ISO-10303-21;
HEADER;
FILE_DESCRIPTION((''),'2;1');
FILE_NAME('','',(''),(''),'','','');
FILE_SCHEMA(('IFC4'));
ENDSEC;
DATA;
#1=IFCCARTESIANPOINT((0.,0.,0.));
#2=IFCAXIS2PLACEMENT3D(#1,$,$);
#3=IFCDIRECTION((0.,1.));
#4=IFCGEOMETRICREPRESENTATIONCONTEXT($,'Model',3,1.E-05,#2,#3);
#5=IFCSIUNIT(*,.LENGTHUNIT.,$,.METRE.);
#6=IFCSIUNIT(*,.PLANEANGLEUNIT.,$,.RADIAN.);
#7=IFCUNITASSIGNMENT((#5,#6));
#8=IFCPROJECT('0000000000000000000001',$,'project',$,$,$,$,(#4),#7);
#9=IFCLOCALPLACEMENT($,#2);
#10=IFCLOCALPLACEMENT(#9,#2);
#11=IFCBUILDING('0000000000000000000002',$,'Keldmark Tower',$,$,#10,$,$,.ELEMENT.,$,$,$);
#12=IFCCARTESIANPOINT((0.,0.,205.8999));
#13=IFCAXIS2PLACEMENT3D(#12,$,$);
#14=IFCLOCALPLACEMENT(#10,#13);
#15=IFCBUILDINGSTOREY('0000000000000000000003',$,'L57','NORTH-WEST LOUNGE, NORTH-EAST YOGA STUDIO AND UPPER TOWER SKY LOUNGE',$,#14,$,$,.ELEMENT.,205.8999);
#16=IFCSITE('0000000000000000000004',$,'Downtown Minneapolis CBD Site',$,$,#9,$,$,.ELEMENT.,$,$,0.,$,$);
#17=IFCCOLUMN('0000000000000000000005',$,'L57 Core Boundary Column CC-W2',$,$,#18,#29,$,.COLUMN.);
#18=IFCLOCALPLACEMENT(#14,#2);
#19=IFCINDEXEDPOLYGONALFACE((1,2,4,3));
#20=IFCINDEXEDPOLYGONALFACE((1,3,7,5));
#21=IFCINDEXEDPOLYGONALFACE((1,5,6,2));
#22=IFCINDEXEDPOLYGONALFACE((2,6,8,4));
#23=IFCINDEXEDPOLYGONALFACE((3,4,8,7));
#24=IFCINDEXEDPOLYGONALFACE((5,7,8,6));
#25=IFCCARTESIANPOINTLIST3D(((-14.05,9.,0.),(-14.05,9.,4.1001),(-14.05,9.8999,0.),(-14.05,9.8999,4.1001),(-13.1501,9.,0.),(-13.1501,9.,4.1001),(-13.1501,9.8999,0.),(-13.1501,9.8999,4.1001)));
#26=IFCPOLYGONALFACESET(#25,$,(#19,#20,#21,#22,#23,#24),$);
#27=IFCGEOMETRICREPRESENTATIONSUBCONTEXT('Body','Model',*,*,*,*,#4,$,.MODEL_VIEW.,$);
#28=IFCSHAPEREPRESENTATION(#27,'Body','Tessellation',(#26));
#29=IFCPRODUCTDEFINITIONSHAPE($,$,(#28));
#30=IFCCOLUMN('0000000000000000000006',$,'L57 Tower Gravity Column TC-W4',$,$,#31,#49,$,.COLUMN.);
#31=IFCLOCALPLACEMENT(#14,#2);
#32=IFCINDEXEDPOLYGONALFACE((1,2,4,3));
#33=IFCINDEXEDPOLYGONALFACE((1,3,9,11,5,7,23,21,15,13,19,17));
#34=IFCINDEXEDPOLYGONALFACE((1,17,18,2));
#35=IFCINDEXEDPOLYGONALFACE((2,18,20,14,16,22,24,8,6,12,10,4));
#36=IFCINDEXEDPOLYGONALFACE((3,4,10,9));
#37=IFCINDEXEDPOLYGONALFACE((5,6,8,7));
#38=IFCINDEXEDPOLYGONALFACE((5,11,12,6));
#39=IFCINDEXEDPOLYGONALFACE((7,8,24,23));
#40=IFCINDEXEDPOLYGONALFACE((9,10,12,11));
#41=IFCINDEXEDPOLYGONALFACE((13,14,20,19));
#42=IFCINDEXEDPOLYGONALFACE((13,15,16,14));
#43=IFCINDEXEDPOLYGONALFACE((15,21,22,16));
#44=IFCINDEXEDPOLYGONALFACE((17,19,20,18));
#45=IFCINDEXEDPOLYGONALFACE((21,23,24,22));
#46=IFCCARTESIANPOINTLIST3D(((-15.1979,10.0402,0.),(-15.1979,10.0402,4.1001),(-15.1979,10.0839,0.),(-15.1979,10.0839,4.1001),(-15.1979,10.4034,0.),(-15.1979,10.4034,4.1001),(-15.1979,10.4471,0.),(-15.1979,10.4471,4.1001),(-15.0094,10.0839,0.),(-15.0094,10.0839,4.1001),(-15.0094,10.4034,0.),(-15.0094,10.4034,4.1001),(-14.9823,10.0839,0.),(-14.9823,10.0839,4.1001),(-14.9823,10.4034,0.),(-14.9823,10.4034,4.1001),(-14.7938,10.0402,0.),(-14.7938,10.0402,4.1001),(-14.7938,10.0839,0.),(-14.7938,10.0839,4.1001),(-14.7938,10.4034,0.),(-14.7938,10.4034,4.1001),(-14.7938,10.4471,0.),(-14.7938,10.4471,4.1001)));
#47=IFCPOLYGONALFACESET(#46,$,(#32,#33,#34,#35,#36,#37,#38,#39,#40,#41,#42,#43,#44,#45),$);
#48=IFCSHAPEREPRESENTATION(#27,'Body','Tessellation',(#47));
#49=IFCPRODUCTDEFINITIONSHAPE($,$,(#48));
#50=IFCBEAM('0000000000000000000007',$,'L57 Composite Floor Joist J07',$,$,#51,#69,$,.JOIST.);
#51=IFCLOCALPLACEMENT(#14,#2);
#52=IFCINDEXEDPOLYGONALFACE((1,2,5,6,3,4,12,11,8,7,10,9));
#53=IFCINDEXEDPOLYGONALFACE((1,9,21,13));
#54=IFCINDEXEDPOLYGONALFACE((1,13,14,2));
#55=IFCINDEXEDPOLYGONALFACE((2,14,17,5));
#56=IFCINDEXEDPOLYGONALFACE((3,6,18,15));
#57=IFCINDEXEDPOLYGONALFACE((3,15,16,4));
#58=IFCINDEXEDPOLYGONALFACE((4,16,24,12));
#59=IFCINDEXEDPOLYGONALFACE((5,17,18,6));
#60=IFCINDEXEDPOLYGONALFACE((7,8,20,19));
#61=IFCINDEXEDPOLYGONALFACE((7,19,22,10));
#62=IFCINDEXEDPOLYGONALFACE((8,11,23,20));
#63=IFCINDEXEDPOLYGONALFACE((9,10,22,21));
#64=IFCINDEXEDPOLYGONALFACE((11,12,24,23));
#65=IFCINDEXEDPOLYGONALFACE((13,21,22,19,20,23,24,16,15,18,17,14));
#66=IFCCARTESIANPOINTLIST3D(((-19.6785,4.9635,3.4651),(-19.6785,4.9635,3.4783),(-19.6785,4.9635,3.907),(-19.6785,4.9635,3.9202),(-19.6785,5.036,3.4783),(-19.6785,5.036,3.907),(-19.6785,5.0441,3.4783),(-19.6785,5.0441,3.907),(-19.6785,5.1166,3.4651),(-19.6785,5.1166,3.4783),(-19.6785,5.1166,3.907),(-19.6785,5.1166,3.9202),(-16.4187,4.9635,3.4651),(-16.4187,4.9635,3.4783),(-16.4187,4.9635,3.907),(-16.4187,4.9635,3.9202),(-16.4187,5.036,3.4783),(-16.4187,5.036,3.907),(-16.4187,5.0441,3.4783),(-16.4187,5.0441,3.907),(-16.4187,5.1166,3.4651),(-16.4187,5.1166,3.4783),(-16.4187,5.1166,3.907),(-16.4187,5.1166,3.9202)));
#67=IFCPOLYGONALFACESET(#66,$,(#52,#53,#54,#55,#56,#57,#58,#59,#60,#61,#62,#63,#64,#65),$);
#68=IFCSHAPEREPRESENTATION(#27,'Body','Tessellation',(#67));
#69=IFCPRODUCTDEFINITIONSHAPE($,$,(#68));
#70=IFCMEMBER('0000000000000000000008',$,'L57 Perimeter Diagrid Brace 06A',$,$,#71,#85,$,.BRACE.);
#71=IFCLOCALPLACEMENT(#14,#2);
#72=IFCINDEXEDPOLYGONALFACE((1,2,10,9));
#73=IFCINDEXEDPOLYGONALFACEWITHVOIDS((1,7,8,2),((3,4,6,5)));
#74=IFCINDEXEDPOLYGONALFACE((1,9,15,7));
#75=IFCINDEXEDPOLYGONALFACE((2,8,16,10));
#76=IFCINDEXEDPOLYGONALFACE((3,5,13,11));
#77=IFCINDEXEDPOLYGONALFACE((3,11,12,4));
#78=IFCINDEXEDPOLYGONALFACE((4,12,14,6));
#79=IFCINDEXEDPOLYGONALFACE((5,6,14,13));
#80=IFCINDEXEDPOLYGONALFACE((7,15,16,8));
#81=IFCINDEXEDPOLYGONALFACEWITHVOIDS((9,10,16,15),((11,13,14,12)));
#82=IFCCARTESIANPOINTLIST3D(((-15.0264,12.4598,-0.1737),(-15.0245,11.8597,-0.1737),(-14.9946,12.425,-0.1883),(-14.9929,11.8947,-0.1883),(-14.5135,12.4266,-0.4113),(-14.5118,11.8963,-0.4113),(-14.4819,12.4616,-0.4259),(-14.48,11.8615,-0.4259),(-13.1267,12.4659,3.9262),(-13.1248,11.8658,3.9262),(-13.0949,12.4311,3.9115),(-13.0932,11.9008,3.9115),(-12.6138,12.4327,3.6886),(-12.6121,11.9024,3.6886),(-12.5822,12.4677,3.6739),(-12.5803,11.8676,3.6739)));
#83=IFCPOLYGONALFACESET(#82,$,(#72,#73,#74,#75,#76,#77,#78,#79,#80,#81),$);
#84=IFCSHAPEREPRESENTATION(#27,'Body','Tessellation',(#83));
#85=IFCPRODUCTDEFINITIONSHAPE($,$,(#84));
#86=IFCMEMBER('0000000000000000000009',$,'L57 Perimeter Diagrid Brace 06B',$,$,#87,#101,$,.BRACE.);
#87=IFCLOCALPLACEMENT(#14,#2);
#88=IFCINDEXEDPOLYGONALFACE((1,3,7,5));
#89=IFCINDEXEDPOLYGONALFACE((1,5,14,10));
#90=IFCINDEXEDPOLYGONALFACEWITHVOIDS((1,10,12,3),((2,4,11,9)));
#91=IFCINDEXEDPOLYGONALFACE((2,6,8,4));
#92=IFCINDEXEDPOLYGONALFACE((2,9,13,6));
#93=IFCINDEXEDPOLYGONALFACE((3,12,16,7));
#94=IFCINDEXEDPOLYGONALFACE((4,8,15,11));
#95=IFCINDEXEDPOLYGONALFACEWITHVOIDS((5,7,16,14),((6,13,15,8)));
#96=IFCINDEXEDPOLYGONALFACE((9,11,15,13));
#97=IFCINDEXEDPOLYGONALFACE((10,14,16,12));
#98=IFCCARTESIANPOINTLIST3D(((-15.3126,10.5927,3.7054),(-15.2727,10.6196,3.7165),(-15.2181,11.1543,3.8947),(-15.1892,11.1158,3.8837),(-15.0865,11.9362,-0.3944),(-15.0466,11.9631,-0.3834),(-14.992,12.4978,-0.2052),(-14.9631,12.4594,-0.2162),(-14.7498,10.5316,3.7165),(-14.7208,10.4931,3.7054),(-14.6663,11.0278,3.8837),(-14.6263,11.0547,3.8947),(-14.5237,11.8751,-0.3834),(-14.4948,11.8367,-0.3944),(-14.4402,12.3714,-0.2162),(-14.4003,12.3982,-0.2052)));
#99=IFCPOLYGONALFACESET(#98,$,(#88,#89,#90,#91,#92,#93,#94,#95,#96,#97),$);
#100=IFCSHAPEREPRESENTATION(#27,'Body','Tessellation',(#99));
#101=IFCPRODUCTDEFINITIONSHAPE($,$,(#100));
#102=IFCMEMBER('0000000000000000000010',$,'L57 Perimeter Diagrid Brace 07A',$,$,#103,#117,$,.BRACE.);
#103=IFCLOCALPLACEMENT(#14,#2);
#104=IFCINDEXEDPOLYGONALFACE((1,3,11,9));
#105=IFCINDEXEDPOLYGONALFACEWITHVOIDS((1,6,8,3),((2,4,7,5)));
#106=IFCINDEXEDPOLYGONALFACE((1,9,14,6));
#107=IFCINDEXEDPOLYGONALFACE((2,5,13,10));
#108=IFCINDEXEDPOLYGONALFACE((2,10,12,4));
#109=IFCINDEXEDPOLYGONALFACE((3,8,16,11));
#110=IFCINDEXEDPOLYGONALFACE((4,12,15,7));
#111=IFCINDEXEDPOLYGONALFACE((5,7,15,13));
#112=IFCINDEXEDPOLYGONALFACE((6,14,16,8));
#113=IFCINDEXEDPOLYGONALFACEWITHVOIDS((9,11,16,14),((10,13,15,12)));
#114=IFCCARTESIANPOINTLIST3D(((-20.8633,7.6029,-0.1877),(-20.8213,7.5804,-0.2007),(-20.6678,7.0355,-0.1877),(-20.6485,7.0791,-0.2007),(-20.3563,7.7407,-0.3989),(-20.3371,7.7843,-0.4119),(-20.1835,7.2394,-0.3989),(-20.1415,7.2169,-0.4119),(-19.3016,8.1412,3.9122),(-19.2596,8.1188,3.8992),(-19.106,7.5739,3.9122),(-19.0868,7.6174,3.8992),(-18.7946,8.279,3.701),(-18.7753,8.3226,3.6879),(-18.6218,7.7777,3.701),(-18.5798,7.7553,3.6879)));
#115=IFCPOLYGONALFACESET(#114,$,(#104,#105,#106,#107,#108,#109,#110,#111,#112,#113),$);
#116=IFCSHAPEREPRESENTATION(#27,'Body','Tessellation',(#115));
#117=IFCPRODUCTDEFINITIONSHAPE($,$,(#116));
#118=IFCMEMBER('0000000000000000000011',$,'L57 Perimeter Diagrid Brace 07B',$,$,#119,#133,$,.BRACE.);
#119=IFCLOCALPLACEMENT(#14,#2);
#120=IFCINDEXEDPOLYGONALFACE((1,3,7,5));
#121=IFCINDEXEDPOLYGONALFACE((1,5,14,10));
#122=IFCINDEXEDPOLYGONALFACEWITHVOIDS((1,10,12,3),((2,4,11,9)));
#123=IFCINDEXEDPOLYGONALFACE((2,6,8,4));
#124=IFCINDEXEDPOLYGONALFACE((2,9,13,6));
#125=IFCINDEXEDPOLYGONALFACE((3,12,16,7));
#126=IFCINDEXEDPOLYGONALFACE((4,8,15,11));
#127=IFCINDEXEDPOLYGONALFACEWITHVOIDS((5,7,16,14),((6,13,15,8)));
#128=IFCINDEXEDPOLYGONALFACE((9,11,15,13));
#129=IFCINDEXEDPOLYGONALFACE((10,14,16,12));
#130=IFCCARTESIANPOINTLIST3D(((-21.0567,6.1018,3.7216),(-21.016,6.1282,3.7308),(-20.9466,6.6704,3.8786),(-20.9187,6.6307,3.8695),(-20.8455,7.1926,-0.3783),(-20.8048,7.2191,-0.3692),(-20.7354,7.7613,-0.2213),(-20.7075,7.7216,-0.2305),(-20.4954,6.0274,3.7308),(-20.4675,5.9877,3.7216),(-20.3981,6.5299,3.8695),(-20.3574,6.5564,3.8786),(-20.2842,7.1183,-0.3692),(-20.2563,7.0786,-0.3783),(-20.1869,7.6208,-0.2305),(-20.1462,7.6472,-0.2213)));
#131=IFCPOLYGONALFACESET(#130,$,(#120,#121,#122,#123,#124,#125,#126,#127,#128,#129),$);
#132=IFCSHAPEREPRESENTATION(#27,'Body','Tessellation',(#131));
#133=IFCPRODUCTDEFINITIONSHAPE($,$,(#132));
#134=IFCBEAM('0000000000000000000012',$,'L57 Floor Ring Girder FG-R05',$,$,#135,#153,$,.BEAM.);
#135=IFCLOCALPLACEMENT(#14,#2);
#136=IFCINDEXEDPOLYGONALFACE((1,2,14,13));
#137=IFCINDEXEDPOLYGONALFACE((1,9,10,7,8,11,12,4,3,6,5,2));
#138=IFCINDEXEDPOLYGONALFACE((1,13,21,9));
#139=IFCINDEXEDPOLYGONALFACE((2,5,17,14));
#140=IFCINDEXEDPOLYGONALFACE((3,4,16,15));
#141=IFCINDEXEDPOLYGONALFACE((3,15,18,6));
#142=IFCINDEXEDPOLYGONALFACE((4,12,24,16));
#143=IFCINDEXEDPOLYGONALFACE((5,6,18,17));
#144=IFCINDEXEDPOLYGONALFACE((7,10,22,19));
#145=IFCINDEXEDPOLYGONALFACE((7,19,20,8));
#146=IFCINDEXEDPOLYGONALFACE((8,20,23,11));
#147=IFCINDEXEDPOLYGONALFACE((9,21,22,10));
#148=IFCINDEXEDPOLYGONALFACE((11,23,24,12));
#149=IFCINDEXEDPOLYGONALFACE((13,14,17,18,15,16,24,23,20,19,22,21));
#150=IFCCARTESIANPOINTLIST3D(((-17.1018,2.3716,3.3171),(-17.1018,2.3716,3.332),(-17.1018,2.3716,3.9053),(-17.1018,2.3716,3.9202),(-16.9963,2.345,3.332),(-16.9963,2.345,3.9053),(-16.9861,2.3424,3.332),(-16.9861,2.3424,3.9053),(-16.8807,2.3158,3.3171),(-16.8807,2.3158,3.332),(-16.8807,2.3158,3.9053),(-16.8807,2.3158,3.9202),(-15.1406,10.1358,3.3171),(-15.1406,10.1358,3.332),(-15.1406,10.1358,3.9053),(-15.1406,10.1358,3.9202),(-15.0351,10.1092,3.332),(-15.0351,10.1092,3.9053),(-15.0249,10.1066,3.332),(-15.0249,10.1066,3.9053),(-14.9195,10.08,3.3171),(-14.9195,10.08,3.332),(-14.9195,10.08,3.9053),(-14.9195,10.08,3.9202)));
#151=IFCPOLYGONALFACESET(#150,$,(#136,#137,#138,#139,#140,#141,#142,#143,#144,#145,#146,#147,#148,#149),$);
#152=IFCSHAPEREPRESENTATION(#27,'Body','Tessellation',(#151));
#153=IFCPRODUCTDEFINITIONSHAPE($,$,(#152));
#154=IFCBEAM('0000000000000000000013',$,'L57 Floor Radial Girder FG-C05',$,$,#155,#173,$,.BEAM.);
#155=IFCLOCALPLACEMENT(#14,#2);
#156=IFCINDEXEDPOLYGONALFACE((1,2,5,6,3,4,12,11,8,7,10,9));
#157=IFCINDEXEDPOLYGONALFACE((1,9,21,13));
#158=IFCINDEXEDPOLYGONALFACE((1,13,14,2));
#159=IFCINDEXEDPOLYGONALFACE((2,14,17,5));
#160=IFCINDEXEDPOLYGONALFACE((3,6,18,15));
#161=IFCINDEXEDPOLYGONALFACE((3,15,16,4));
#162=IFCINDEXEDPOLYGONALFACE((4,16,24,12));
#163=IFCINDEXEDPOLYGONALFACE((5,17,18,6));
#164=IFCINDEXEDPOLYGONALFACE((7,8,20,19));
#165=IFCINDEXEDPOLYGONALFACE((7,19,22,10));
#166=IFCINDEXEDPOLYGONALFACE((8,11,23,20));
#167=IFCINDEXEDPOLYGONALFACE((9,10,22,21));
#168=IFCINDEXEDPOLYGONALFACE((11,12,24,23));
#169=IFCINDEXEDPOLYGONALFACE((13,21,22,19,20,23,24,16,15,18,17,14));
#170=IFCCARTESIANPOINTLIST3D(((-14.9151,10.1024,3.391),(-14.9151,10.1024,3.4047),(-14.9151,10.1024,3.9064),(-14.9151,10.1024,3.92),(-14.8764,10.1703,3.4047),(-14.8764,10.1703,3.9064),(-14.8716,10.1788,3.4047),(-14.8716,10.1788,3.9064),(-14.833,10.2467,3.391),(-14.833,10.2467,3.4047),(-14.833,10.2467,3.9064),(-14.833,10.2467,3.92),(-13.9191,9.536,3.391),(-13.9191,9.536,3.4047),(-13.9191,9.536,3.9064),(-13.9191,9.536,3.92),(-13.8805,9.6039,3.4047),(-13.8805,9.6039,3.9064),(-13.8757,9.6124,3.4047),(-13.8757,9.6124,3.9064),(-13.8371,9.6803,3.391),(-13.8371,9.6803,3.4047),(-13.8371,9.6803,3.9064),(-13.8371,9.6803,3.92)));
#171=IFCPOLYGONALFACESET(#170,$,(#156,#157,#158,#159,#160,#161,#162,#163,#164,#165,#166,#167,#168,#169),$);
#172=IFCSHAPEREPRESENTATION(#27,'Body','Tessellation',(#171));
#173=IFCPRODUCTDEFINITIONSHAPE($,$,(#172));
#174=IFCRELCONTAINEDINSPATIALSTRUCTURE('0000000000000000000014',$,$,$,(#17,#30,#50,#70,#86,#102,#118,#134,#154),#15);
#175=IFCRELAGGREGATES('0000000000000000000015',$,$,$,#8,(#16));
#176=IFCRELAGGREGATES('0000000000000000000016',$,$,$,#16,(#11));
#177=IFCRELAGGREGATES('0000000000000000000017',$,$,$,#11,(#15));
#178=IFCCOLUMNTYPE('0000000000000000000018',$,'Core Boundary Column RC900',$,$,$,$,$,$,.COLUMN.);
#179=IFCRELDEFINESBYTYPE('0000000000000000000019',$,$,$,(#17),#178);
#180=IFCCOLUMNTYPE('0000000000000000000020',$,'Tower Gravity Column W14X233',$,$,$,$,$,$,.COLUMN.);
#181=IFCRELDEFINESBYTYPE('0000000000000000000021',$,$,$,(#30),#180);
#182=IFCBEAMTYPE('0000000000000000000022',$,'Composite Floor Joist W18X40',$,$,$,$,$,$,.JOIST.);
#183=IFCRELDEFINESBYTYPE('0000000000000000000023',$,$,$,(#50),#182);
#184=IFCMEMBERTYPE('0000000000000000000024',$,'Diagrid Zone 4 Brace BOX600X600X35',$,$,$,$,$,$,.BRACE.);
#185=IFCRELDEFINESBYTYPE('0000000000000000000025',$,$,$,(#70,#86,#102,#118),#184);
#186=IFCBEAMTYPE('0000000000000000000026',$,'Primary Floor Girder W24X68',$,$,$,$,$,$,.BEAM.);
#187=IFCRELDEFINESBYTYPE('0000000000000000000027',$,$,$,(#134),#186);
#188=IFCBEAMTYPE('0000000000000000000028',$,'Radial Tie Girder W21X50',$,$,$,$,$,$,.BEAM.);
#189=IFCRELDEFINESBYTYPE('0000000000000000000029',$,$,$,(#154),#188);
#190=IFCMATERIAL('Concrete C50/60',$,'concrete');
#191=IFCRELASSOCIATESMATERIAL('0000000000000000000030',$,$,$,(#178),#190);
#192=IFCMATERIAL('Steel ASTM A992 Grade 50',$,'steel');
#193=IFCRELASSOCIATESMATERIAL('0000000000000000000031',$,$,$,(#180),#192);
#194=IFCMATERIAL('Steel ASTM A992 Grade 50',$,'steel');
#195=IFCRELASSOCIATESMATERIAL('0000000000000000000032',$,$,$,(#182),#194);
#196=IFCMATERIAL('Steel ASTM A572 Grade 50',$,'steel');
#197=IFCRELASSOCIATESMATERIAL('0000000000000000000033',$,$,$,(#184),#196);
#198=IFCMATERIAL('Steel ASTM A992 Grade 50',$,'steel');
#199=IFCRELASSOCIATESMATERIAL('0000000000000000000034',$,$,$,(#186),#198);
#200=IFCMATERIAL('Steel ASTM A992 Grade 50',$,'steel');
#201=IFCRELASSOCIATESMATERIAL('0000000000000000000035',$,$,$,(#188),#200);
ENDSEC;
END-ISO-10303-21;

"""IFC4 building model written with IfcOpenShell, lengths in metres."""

from ifc_helpers import new_model, si_unit, direction, frame, origin, origin_2d, place, context, subcontext, project, spatial, rectangle, hollow_rectangle, i_section, extrude, material, material_profile, profile_set, type_object, element, save


model = new_model("IFC4")

# Units and contexts
model_context = context("Model", 3, precision=1e-05, world=origin(), true_north=direction((0.0, 1.0)))
body_context = subcontext(model_context, "Body", "Model", "MODEL_VIEW")
ifc_project = project(units=[si_unit("LENGTHUNIT", "METRE"), si_unit("PLANEANGLEUNIT", "RADIAN")], contexts=[model_context])

# Site, building, storey
site_placement = place(None, origin())
site = spatial("IfcSite", under=ifc_project, at=site_placement, Name="Downtown Minneapolis CBD Site", CompositionType="ELEMENT", RefElevation=0.0)
building_placement = place(site_placement, origin())
building = spatial("IfcBuilding", under=site, at=building_placement, Name="Keldmark Tower", CompositionType="ELEMENT")
storey_placement = place(building_placement, frame((0.0, 0.0, 205.8999)))
storey = spatial("IfcBuildingStorey", under=building, at=storey_placement, Name="L57", Description="NORTH-WEST LOUNGE, NORTH-EAST YOGA STUDIO AND UPPER TOWER SKY LOUNGE", CompositionType="ELEMENT", Elevation=205.8999)

# Columns
ifc_material_1 = material(Name="Concrete C50/60", Category="concrete")
ifc_material_profile_1 = material_profile(ifc_material_1, rectangle(XDim=0.8999, YDim=0.8999, at=origin_2d()), Name="RC900X900")
ifc_profile_set_1 = profile_set([ifc_material_profile_1], Name="Concrete C50/60")
column_type_1 = type_object("IfcColumnType", Name="Core Boundary Column RC900", PredefinedType="COLUMN", material=ifc_profile_set_1)
column_1_placement = place(storey_placement, frame((-13.6001, 9.45, 0.0), z_axis=(0.0, 0.0, 1.0), x_axis=(1.0, 0.0, 0.0)))
element("IfcColumn", 1, at=column_1_placement, inside=storey, type_object=column_type_1, Name="L57 Core Boundary Column CC-W2", PredefinedType="COLUMN", context=body_context, shape_type="SweptSolid", body=[
    extrude(rectangle(XDim=0.8999, YDim=0.8999, at=origin_2d()), origin(), (0.0, 0.0, 1.0), 4.1001),
])
ifc_material_2 = material(Name="Steel ASTM A992 Grade 50", Category="steel")
ifc_material_profile_2 = material_profile(ifc_material_2, i_section(OverallWidth=0.4041, OverallDepth=0.407, WebThickness=0.0271, FlangeThickness=0.0437, at=origin_2d()), Name="W14X233")
ifc_profile_set_2 = profile_set([ifc_material_profile_2], Name="Steel ASTM A992 Grade 50")
column_type_2 = type_object("IfcColumnType", Name="Tower Gravity Column W14X233", PredefinedType="COLUMN", material=ifc_profile_set_2)
column_2_placement = place(storey_placement, frame((-14.9958, 10.2437, 0.0), z_axis=(0.0, 0.0, 1.0), x_axis=(1.0, 0.0, 0.0)))
element("IfcColumn", 2, at=column_2_placement, inside=storey, type_object=column_type_2, Name="L57 Tower Gravity Column TC-W4", PredefinedType="COLUMN", context=body_context, shape_type="SweptSolid", body=[
    extrude(i_section(OverallWidth=0.4041, OverallDepth=0.407, WebThickness=0.0271, FlangeThickness=0.0437, at=origin_2d()), origin(), (0.0, 0.0, 1.0), 4.1001),
])

# Beam
ifc_material_3 = material(Name="Steel ASTM A992 Grade 50", Category="steel")
ifc_material_profile_3 = material_profile(ifc_material_3, i_section(OverallWidth=0.1531, OverallDepth=0.4551, WebThickness=0.0081, FlangeThickness=0.0132, at=origin_2d()), Name="W18X40")
ifc_profile_set_3 = profile_set([ifc_material_profile_3], Name="Steel ASTM A992 Grade 50")
beam_type_1 = type_object("IfcBeamType", Name="Composite Floor Joist W18X40", PredefinedType="JOIST", material=ifc_profile_set_3)
beam_1_placement = place(storey_placement, frame((-19.6785, 5.04, 3.6926), z_axis=(1.0, 0.0, 0.0), x_axis=(0.0, 1.0, 0.0)))
element("IfcBeam", 3, at=beam_1_placement, inside=storey, type_object=beam_type_1, Name="L57 Composite Floor Joist J07", PredefinedType="JOIST", context=body_context, shape_type="SweptSolid", body=[
    extrude(i_section(OverallWidth=0.1531, OverallDepth=0.4551, WebThickness=0.0081, FlangeThickness=0.0132, at=origin_2d()), origin(), (0.0, 0.0, 1.0), 3.2598),
])

# Members
ifc_material_4 = material(Name="Steel ASTM A572 Grade 50", Category="steel")
ifc_material_profile_4 = material_profile(ifc_material_4, hollow_rectangle(XDim=0.6001, YDim=0.6001, WallThickness=0.0349, at=origin_2d()), Name="BOX600X600X35")
ifc_profile_set_4 = profile_set([ifc_material_profile_4], Name="Steel ASTM A572 Grade 50")
member_type = type_object("IfcMemberType", Name="Diagrid Zone 4 Brace BOX600X600X35", PredefinedType="BRACE", material=ifc_profile_set_4)
member_1_placement = place(storey_placement, frame((-14.7532, 12.1606, -0.2998), z_axis=(0.420411, 0.001351, 0.907333), x_axis=(-0.003213, 0.999995, 0.0)))
element("IfcMember", 4, at=member_1_placement, inside=storey, type_object=member_type, Name="L57 Perimeter Diagrid Brace 06A", PredefinedType="BRACE", context=body_context, shape_type="SweptSolid", body=[
    extrude(hollow_rectangle(XDim=0.6001, YDim=0.6001, WallThickness=0.0349, at=origin_2d()), origin(), (0.0, 0.0, 1.0), 4.5186),
])
member_2_placement = place(storey_placement, frame((-14.7434, 12.1672, -0.2998), z_axis=(-0.052328, -0.310976, 0.948976), x_axis=(0.986136, -0.165939, 0.0)))
element("IfcMember", 5, at=member_2_placement, inside=storey, type_object=member_type, Name="L57 Perimeter Diagrid Brace 06B", PredefinedType="BRACE", context=body_context, shape_type="SweptSolid", body=[
    extrude(hollow_rectangle(XDim=0.6001, YDim=0.6001, WallThickness=0.0349, at=origin_2d()), origin(), (0.0, 0.0, 1.0), 4.3203),
])
member_3_placement = place(storey_placement, frame((-20.5024, 7.4099, -0.2998), z_axis=(0.353329, 0.12179, 0.927537), x_axis=(-0.325877, 0.945412, 0.0)))
element("IfcMember", 6, at=member_3_placement, inside=storey, type_object=member_type, Name="L57 Perimeter Diagrid Brace 07A", PredefinedType="BRACE", context=body_context, shape_type="SweptSolid", body=[
    extrude(hollow_rectangle(XDim=0.6001, YDim=0.6001, WallThickness=0.0349, at=origin_2d()), origin(), (0.0, 0.0, 1.0), 4.4202),
])
member_4_placement = place(storey_placement, frame((-20.4958, 7.4199, -0.2998), z_axis=(-0.049716, -0.2568, 0.965185), x_axis=(0.981771, -0.19007, 0.0)))
element("IfcMember", 7, at=member_4_placement, inside=storey, type_object=member_type, Name="L57 Perimeter Diagrid Brace 07B", PredefinedType="BRACE", context=body_context, shape_type="SweptSolid", body=[
    extrude(hollow_rectangle(XDim=0.6001, YDim=0.6001, WallThickness=0.0349, at=origin_2d()), origin(), (0.0, 0.0, 1.0), 4.2478),
])

# Beams
ifc_material_5 = material(Name="Steel ASTM A992 Grade 50", Category="steel")
ifc_material_profile_5 = material_profile(ifc_material_5, i_section(OverallWidth=0.228, OverallDepth=0.603, WebThickness=0.0105, FlangeThickness=0.0149, at=origin_2d()), Name="W24X68")
ifc_profile_set_5 = profile_set([ifc_material_profile_5], Name="Steel ASTM A992 Grade 50")
beam_type_2 = type_object("IfcBeamType", Name="Primary Floor Girder W24X68", PredefinedType="BEAM", material=ifc_profile_set_5)
beam_2_placement = place(storey_placement, frame((-15.03, 10.1079, 3.6187), z_axis=(-0.244902, -0.969548, 0.0), x_axis=(0.969548, -0.244902, 0.0)))
element("IfcBeam", 8, at=beam_2_placement, inside=storey, type_object=beam_type_2, Name="L57 Floor Ring Girder FG-R05", PredefinedType="BEAM", context=body_context, shape_type="SweptSolid", body=[
    extrude(i_section(OverallWidth=0.228, OverallDepth=0.603, WebThickness=0.0105, FlangeThickness=0.0149, at=origin_2d()), origin(), (0.0, 0.0, 1.0), 8.0081),
])
ifc_material_6 = material(Name="Steel ASTM A992 Grade 50", Category="steel")
ifc_material_profile_6 = material_profile(ifc_material_6, i_section(OverallWidth=0.166, OverallDepth=0.5291, WebThickness=0.0098, FlangeThickness=0.0137, at=origin_2d()), Name="W21X50")
ifc_profile_set_6 = profile_set([ifc_material_profile_6], Name="Steel ASTM A992 Grade 50")
beam_type_3 = type_object("IfcBeamType", Name="Radial Tie Girder W21X50", PredefinedType="BEAM", material=ifc_profile_set_6)
beam_3_placement = place(storey_placement, frame((-14.874, 10.1746, 3.6555), z_axis=(0.869238, -0.494394, 0.0), x_axis=(0.494394, 0.869238, 0.0)))
element("IfcBeam", 9, at=beam_3_placement, inside=storey, type_object=beam_type_3, Name="L57 Floor Radial Girder FG-C05", PredefinedType="BEAM", context=body_context, shape_type="SweptSolid", body=[
    extrude(i_section(OverallWidth=0.166, OverallDepth=0.5291, WebThickness=0.0098, FlangeThickness=0.0137, at=origin_2d()), origin(), (0.0, 0.0, 1.0), 1.1458),
])

save(model, "model.ifc")
